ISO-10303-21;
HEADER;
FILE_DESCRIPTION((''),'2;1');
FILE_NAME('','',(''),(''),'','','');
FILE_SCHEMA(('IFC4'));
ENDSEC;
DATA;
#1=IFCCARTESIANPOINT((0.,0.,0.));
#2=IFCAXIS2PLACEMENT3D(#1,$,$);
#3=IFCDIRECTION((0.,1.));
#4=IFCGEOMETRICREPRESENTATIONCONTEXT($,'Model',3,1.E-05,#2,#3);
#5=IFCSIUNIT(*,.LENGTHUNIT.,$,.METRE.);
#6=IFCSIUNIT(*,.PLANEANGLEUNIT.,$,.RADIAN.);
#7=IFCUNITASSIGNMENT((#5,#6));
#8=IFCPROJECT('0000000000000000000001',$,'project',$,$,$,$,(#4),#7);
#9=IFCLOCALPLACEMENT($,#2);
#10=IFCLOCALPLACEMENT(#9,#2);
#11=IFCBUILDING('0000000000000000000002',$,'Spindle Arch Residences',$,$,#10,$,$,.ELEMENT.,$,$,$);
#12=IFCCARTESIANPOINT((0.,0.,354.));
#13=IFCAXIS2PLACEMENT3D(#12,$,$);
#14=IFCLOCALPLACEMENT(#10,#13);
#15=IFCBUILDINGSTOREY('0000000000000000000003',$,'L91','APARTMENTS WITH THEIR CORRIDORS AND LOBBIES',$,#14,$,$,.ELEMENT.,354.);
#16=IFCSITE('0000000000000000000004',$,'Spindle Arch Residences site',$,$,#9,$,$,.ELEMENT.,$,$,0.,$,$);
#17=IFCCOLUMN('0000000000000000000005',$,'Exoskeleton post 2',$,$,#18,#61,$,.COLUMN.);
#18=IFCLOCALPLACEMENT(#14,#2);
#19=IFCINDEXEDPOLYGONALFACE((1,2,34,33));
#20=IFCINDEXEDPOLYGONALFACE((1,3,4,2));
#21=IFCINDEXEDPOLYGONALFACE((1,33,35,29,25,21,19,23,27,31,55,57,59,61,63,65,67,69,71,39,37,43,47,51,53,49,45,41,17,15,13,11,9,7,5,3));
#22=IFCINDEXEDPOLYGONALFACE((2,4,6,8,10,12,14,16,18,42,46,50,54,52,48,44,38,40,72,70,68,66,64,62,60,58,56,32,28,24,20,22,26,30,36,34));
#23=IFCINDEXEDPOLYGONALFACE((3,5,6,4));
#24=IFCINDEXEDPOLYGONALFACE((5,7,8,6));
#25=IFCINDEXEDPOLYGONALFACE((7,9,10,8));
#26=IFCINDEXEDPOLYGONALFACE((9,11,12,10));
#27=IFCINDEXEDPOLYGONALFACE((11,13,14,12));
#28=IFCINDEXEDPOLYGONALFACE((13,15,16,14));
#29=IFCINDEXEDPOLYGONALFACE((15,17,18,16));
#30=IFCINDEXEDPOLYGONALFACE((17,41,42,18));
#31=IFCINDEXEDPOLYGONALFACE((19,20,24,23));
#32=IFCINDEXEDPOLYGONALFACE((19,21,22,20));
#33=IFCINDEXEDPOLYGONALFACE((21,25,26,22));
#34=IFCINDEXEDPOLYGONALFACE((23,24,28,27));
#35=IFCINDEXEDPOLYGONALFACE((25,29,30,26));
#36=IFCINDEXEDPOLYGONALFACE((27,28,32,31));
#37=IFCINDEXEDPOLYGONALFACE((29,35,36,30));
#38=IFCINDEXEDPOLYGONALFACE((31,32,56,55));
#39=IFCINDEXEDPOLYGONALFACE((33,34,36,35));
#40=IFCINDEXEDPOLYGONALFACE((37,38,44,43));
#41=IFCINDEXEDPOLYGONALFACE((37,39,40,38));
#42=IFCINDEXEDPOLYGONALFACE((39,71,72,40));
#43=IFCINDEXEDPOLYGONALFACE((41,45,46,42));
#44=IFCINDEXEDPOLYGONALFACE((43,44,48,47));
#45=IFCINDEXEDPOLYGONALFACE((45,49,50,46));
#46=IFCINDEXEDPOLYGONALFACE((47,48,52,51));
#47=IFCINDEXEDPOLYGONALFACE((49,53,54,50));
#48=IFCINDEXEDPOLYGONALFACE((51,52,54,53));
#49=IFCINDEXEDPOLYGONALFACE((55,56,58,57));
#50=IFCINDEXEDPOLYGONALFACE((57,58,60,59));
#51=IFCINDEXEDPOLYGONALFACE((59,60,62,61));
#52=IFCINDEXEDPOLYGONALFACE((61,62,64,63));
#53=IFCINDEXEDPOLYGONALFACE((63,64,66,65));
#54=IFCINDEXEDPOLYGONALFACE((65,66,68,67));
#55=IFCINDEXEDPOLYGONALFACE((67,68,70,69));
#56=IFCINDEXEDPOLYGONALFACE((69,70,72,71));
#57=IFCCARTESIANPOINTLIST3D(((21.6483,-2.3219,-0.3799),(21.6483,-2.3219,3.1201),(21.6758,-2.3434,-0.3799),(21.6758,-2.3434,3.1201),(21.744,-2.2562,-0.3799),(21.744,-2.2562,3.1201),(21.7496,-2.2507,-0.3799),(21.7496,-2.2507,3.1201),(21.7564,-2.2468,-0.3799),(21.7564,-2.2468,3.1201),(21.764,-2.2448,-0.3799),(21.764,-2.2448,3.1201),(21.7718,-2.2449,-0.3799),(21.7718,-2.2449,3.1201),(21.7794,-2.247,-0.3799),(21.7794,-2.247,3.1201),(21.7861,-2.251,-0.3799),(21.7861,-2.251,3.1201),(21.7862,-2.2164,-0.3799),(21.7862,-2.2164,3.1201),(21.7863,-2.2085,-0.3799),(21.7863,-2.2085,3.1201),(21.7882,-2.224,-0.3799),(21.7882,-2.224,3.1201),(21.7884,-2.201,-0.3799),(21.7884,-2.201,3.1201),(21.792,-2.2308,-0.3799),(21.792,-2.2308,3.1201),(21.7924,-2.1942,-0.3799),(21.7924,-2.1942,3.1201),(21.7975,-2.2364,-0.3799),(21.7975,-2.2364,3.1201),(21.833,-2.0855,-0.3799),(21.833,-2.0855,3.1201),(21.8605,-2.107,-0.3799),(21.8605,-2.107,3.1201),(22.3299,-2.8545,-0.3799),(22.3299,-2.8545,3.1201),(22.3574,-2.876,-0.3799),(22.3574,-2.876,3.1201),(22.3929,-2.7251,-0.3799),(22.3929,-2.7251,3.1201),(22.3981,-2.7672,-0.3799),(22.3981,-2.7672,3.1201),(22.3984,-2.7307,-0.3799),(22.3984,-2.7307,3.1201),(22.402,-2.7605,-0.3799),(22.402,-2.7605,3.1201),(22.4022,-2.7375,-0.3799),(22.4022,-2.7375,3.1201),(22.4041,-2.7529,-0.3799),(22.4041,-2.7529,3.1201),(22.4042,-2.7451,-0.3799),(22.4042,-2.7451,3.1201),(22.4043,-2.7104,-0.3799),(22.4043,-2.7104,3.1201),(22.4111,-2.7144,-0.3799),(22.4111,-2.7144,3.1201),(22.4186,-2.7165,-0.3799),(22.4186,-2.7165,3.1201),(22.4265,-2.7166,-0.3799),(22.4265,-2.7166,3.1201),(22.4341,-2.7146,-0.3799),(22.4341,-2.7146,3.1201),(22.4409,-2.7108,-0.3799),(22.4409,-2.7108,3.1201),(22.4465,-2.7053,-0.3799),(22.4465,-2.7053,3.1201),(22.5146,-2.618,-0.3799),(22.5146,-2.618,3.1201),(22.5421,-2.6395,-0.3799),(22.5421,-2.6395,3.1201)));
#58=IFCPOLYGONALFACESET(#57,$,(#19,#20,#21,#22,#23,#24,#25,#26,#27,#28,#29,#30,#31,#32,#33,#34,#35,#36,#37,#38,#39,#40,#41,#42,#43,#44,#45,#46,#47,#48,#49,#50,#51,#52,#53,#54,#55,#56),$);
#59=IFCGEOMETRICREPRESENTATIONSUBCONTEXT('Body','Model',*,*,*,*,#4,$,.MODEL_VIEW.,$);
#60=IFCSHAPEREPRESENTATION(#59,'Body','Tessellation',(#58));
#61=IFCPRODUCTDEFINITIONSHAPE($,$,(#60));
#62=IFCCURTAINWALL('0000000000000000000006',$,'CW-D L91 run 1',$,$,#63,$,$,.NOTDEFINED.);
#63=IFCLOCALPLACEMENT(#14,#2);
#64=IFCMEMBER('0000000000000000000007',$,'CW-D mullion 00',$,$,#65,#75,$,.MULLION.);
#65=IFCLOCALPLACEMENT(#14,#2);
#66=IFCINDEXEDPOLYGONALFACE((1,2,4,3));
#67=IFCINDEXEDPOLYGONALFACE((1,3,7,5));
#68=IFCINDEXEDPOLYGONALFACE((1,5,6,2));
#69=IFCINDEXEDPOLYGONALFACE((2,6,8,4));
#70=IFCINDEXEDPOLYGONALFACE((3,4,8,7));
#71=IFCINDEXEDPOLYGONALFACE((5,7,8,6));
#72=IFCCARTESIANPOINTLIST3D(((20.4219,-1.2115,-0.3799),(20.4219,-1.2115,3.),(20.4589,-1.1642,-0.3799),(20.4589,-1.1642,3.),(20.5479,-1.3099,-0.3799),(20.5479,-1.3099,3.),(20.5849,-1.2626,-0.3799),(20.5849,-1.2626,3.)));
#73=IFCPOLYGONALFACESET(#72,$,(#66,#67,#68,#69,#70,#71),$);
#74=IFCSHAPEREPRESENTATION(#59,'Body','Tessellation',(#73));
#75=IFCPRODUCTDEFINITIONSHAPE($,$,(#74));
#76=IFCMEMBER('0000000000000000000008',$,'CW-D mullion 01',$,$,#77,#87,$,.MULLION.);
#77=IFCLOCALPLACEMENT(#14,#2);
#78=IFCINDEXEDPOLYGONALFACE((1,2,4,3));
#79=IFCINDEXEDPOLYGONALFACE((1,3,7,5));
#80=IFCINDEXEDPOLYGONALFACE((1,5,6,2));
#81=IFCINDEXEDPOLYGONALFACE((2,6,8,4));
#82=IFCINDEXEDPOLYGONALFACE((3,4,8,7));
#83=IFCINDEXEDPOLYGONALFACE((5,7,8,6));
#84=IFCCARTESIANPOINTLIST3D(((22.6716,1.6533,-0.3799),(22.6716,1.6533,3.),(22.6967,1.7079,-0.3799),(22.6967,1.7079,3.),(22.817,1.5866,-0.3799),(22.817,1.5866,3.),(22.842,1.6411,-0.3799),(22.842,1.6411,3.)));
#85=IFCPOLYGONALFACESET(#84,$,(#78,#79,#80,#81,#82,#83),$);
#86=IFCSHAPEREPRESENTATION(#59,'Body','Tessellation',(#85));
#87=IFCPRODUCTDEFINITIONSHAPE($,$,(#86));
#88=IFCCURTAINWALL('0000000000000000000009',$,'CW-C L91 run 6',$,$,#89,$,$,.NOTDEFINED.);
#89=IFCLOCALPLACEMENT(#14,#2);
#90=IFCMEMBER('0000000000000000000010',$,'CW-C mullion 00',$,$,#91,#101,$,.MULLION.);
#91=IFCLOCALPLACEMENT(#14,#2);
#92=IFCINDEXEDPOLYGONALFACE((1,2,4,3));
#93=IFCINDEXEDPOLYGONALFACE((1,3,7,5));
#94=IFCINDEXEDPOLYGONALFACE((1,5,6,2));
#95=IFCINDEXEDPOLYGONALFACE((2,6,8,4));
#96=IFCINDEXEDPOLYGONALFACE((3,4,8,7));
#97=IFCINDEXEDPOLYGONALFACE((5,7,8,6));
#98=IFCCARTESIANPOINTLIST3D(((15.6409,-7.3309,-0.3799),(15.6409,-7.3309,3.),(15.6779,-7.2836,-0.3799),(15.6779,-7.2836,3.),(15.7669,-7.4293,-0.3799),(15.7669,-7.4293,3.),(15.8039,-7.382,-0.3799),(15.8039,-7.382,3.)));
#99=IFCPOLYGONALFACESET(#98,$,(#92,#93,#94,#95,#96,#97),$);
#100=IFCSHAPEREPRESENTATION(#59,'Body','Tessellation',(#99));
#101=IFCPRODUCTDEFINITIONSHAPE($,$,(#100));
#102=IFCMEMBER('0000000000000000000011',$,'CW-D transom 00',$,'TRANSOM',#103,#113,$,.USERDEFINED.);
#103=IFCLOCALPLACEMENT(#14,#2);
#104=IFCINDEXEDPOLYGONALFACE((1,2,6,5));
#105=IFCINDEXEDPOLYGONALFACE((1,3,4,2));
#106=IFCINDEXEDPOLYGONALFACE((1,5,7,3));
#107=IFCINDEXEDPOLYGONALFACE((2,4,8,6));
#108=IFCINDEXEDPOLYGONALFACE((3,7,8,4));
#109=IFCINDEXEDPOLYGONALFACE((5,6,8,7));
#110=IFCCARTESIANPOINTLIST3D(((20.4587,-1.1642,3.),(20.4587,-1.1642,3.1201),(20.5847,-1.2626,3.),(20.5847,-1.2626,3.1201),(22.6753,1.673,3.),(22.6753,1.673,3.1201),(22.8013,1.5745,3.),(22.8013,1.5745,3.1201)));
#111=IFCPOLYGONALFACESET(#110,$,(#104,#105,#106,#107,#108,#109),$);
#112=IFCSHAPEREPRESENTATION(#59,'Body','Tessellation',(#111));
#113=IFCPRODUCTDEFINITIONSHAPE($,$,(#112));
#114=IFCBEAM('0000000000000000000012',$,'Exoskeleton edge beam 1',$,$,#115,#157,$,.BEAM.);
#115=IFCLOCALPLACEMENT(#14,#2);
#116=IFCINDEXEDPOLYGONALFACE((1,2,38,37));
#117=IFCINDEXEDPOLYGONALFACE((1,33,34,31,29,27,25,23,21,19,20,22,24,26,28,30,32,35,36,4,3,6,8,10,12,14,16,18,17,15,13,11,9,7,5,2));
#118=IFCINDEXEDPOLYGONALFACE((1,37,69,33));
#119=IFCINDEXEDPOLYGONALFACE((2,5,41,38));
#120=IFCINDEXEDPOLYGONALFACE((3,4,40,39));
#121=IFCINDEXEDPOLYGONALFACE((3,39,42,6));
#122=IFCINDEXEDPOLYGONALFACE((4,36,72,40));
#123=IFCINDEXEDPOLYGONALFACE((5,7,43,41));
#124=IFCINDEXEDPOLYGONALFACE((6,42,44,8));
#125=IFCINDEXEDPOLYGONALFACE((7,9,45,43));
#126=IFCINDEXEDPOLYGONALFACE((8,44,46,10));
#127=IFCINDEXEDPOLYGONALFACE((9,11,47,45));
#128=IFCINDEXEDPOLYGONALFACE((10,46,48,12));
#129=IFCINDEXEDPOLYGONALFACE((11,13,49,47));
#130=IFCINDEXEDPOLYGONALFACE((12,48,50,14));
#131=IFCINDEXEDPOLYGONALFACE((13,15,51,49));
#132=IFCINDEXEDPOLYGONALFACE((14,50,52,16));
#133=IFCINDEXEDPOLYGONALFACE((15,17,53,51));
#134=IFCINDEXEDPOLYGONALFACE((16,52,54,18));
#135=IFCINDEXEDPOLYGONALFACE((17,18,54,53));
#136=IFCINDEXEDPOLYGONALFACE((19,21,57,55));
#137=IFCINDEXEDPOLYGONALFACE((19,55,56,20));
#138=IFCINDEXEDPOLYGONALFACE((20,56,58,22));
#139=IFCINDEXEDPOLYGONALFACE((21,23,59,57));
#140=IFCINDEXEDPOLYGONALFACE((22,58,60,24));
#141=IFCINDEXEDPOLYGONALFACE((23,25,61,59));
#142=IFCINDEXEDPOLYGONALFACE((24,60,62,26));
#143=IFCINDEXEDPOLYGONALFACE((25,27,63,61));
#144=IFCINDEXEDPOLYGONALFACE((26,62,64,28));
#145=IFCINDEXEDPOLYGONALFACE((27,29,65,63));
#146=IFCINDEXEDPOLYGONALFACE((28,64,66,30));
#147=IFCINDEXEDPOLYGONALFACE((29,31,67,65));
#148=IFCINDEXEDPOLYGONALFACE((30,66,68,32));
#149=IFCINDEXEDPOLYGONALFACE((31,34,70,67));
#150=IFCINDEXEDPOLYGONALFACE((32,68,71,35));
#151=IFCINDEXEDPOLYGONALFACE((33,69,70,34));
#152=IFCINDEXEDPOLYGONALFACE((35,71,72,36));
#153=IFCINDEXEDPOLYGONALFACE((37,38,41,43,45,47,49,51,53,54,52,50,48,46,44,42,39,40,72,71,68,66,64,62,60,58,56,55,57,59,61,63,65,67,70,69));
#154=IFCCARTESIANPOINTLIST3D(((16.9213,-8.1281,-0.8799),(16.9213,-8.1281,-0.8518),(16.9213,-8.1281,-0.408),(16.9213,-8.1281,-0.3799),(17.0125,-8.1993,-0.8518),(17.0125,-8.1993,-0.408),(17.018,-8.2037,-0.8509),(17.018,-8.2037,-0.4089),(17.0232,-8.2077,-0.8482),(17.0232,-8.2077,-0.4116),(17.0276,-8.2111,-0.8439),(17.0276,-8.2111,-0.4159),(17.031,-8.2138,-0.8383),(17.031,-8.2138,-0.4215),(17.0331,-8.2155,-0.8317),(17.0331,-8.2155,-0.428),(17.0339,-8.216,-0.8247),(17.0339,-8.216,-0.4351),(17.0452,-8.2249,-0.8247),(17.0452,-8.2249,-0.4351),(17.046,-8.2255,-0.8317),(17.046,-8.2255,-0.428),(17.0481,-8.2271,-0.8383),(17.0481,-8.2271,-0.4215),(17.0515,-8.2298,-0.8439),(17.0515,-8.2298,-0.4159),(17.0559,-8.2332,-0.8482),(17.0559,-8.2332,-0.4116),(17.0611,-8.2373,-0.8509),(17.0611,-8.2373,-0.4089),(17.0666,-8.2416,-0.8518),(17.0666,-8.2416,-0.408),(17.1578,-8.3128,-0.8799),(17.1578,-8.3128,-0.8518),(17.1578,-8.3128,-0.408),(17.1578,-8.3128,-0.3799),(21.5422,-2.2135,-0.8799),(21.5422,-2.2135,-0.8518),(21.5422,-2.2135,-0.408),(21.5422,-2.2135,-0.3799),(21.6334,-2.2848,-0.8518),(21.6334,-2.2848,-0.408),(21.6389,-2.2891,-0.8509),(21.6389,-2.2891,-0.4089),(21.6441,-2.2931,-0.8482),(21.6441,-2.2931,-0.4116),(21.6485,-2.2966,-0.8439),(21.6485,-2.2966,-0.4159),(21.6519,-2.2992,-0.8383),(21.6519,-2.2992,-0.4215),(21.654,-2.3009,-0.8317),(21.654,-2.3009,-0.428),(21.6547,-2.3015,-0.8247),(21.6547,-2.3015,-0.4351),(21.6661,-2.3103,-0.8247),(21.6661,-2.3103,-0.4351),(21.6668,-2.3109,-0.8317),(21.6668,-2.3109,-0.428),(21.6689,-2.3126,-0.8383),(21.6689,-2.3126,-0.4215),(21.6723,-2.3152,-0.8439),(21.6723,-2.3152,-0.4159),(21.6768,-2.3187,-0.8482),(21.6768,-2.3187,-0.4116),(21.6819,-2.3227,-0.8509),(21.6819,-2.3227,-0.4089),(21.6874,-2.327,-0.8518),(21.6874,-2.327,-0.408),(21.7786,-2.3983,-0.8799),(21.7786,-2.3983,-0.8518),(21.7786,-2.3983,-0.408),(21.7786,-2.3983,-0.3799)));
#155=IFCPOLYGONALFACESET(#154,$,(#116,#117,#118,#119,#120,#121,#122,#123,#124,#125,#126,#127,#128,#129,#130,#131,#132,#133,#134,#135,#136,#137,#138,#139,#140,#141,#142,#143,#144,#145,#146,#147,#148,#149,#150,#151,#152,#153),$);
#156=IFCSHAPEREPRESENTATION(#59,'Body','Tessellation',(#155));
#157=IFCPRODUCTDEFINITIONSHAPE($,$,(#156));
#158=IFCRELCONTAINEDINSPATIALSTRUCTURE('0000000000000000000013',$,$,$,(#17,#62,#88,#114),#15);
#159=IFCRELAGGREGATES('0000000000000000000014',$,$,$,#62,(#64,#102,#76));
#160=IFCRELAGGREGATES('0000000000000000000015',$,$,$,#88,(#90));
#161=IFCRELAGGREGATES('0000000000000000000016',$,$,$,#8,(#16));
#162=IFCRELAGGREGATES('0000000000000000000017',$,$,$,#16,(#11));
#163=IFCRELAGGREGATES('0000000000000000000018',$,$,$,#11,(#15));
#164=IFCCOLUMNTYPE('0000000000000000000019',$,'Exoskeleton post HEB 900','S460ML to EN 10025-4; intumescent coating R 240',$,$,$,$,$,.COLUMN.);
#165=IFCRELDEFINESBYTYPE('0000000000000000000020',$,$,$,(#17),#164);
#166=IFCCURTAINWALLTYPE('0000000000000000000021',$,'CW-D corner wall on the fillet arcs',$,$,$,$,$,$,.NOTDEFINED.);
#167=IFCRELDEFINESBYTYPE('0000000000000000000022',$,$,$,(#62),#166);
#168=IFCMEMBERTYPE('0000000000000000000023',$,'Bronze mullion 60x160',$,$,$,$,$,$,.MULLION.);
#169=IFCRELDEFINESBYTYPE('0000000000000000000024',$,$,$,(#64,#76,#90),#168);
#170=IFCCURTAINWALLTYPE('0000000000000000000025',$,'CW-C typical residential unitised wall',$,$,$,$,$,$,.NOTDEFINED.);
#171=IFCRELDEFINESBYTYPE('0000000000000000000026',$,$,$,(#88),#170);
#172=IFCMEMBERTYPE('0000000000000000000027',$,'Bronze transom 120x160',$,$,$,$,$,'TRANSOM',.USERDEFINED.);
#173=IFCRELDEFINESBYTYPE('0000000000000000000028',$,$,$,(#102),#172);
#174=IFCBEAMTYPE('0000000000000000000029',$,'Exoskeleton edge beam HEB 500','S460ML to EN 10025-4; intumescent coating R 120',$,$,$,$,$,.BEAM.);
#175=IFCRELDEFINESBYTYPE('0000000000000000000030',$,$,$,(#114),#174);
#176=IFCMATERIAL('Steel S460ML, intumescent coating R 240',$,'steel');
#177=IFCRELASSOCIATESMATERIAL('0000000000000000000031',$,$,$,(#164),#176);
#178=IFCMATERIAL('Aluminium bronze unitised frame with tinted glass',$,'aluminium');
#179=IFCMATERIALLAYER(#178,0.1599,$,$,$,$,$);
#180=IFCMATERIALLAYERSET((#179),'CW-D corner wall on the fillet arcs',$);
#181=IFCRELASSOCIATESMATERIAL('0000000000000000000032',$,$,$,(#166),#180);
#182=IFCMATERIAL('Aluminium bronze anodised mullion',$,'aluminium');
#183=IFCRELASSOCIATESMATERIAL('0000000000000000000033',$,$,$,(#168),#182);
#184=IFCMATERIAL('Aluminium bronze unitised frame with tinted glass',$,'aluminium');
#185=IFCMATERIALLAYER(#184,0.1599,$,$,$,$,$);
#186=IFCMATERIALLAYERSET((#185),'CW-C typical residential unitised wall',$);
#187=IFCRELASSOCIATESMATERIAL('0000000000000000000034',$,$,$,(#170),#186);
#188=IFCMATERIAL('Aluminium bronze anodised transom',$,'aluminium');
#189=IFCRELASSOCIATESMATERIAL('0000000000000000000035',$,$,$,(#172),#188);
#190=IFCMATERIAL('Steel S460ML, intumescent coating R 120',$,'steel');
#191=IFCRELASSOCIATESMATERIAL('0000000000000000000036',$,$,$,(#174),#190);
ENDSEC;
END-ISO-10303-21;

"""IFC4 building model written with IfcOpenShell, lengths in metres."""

from ifc_helpers import new_model, si_unit, direction, frame, origin, origin_2d, place, context, subcontext, project, spatial, rectangle, i_section, extrude, material, layer, layer_set, material_profile, profile_set, type_object, element, aggregate, save


model = new_model("IFC4")

# Units and contexts
model_context = context("Model", 3, precision=1e-05, world=origin(), true_north=direction((0.0, 1.0)))
body_context = subcontext(model_context, "Body", "Model", "MODEL_VIEW")
ifc_project = project(units=[si_unit("LENGTHUNIT", "METRE"), si_unit("PLANEANGLEUNIT", "RADIAN")], contexts=[model_context])

# Site, building, storey
site_placement = place(None, origin())
site = spatial("IfcSite", under=ifc_project, at=site_placement, Name="Spindle Arch Residences site", CompositionType="ELEMENT", RefElevation=0.0)
building_placement = place(site_placement, origin())
building = spatial("IfcBuilding", under=site, at=building_placement, Name="Spindle Arch Residences", CompositionType="ELEMENT")
storey_placement = place(building_placement, frame((0.0, 0.0, 354.0)))
storey = spatial("IfcBuildingStorey", under=building, at=storey_placement, Name="L91", Description="APARTMENTS WITH THEIR CORRIDORS AND LOBBIES", CompositionType="ELEMENT", Elevation=354.0)

# Column
ifc_material_1 = material(Name="Steel S460ML, intumescent coating R 240", Category="steel")
ifc_material_profile_1 = material_profile(ifc_material_1, i_section(OverallWidth=0.3, OverallDepth=0.8999, WebThickness=0.0186, FlangeThickness=0.0349, FilletRadius=0.03, at=origin_2d()), Name="HEB 900")
ifc_profile_set_1 = profile_set([ifc_material_profile_1], Name="Steel S460ML, intumescent coating R 240")
column_type = type_object("IfcColumnType", Name="Exoskeleton post HEB 900", Description="S460ML to EN 10025-4; intumescent coating R 240", PredefinedType="COLUMN", material=ifc_profile_set_1)
column_placement = place(storey_placement, frame((22.0952, -2.4807, -0.3799), z_axis=(0.0, 0.0, 1.0), x_axis=(-0.615661, -0.788011, 0.0)))
element("IfcColumn", 1, at=column_placement, inside=storey, type_object=column_type, Name="Exoskeleton post 2", PredefinedType="COLUMN", context=body_context, shape_type="SweptSolid", body=[
    extrude(i_section(OverallWidth=0.3, OverallDepth=0.8999, WebThickness=0.0186, FlangeThickness=0.0349, FilletRadius=0.03, at=origin_2d()), origin(), (0.0, 0.0, 1.0), 3.5),
])

# Curtain wall, members
ifc_material_2 = material(Name="Aluminium bronze unitised frame with tinted glass", Category="aluminium")
ifc_layer_1 = layer(ifc_material_2, 0.1599)
ifc_layer_set_1 = layer_set([ifc_layer_1], Name="CW-D corner wall on the fillet arcs")
curtain_wall_type_1 = type_object("IfcCurtainWallType", Name="CW-D corner wall on the fillet arcs", PredefinedType="NOTDEFINED", material=ifc_layer_set_1)
curtain_wall_1_placement = place(storey_placement, origin())
curtain_wall_1 = element("IfcCurtainWall", 2, at=curtain_wall_1_placement, inside=storey, type_object=curtain_wall_type_1, Name="CW-D L91 run 1", PredefinedType="NOTDEFINED")
ifc_material_3 = material(Name="Aluminium bronze anodised mullion", Category="aluminium")
ifc_material_profile_2 = material_profile(ifc_material_3, rectangle(XDim=0.1599, YDim=0.0601, at=origin_2d()), Name="MU 60x160")
ifc_profile_set_2 = profile_set([ifc_material_profile_2], Name="Aluminium bronze anodised mullion")
member_type_1 = type_object("IfcMemberType", Name="Bronze mullion 60x160", PredefinedType="MULLION", material=ifc_profile_set_2)
member_1_placement = place(storey_placement, frame((20.5034, -1.2371, -0.3799), z_axis=(0.0, 0.0, 1.0), x_axis=(-0.788011, 0.615661, 0.0)))
member_1 = element("IfcMember", 3, at=member_1_placement, type_object=member_type_1, Name="CW-D mullion 00", PredefinedType="MULLION", context=body_context, shape_type="SweptSolid", body=[
    extrude(rectangle(XDim=0.1599, YDim=0.0601, at=origin_2d()), origin(), (0.0, 0.0, 1.0), 3.3799),
])
member_2_placement = place(storey_placement, frame((22.7568, 1.6472, -0.3799), z_axis=(0.0, 0.0, 1.0), x_axis=(-0.908751, 0.417338, 0.0)))
member_2 = element("IfcMember", 4, at=member_2_placement, type_object=member_type_1, Name="CW-D mullion 01", PredefinedType="MULLION", context=body_context, shape_type="SweptSolid", body=[
    extrude(rectangle(XDim=0.1599, YDim=0.0601, at=origin_2d()), origin(), (0.0, 0.0, 1.0), 3.3799),
])

# Curtain wall, member
ifc_material_4 = material(Name="Aluminium bronze unitised frame with tinted glass", Category="aluminium")
ifc_layer_2 = layer(ifc_material_4, 0.1599)
ifc_layer_set_2 = layer_set([ifc_layer_2], Name="CW-C typical residential unitised wall")
curtain_wall_type_2 = type_object("IfcCurtainWallType", Name="CW-C typical residential unitised wall", PredefinedType="NOTDEFINED", material=ifc_layer_set_2)
curtain_wall_2_placement = place(storey_placement, origin())
curtain_wall_2 = element("IfcCurtainWall", 5, at=curtain_wall_2_placement, inside=storey, type_object=curtain_wall_type_2, Name="CW-C L91 run 6", PredefinedType="NOTDEFINED")
member_3_placement = place(storey_placement, frame((15.7224, -7.3564, -0.3799), z_axis=(0.0, 0.0, 1.0), x_axis=(-0.788011, 0.615661, 0.0)))
member_3 = element("IfcMember", 6, at=member_3_placement, type_object=member_type_1, Name="CW-C mullion 00", PredefinedType="MULLION", context=body_context, shape_type="SweptSolid", body=[
    extrude(rectangle(XDim=0.1599, YDim=0.0601, at=origin_2d()), origin(), (0.0, 0.0, 1.0), 3.3799),
])

# Member
ifc_material_5 = material(Name="Aluminium bronze anodised transom", Category="aluminium")
ifc_material_profile_3 = material_profile(ifc_material_5, rectangle(XDim=0.1599, YDim=0.1201, at=origin_2d()), Name="TR 120x160")
ifc_profile_set_3 = profile_set([ifc_material_profile_3], Name="Aluminium bronze anodised transom")
member_type_2 = type_object("IfcMemberType", Name="Bronze transom 120x160", ElementType="TRANSOM", PredefinedType="USERDEFINED", material=ifc_profile_set_3)
member_4_placement = place(storey_placement, frame((20.5217, -1.2134, 3.0601), z_axis=(0.615648, 0.788021, 0.0), x_axis=(-0.788021, 0.615648, 0.0)))
member_4 = element("IfcMember", 7, at=member_4_placement, type_object=member_type_2, Name="CW-D transom 00", ObjectType="TRANSOM", PredefinedType="USERDEFINED", context=body_context, shape_type="SweptSolid", body=[
    extrude(rectangle(XDim=0.1599, YDim=0.1201, at=origin_2d()), origin(), (0.0, 0.0, 1.0), 3.6003),
])

# Beam
ifc_material_6 = material(Name="Steel S460ML, intumescent coating R 120", Category="steel")
ifc_material_profile_4 = material_profile(ifc_material_6, i_section(OverallWidth=0.3, OverallDepth=0.5, WebThickness=0.0144, FlangeThickness=0.0281, FilletRadius=0.0271, at=origin_2d()), Name="HEB 500")
ifc_profile_set_4 = profile_set([ifc_material_profile_4], Name="Steel S460ML, intumescent coating R 120")
beam_type_1 = type_object("IfcBeamType", Name="Exoskeleton edge beam HEB 500", Description="S460ML to EN 10025-4; intumescent coating R 120", PredefinedType="BEAM", material=ifc_profile_set_4)
beam_1_placement = place(storey_placement, frame((17.0396, -8.2205, -0.6299), z_axis=(0.615653, 0.788017, 0.0), x_axis=(-0.788017, 0.615653, 0.0)))
element("IfcBeam", 8, at=beam_1_placement, inside=storey, type_object=beam_type_1, Name="Exoskeleton edge beam 1", PredefinedType="BEAM", context=body_context, shape_type="SweptSolid", body=[
    extrude(i_section(OverallWidth=0.3, OverallDepth=0.5, WebThickness=0.0144, FlangeThickness=0.0281, FilletRadius=0.0271, at=origin_2d()), origin(), (0.0, 0.0, 1.0), 7.5056),
])

aggregate(curtain_wall_1, [member_1, member_4, member_2])
aggregate(curtain_wall_2, [member_3])

save(model, "model.ifc")
